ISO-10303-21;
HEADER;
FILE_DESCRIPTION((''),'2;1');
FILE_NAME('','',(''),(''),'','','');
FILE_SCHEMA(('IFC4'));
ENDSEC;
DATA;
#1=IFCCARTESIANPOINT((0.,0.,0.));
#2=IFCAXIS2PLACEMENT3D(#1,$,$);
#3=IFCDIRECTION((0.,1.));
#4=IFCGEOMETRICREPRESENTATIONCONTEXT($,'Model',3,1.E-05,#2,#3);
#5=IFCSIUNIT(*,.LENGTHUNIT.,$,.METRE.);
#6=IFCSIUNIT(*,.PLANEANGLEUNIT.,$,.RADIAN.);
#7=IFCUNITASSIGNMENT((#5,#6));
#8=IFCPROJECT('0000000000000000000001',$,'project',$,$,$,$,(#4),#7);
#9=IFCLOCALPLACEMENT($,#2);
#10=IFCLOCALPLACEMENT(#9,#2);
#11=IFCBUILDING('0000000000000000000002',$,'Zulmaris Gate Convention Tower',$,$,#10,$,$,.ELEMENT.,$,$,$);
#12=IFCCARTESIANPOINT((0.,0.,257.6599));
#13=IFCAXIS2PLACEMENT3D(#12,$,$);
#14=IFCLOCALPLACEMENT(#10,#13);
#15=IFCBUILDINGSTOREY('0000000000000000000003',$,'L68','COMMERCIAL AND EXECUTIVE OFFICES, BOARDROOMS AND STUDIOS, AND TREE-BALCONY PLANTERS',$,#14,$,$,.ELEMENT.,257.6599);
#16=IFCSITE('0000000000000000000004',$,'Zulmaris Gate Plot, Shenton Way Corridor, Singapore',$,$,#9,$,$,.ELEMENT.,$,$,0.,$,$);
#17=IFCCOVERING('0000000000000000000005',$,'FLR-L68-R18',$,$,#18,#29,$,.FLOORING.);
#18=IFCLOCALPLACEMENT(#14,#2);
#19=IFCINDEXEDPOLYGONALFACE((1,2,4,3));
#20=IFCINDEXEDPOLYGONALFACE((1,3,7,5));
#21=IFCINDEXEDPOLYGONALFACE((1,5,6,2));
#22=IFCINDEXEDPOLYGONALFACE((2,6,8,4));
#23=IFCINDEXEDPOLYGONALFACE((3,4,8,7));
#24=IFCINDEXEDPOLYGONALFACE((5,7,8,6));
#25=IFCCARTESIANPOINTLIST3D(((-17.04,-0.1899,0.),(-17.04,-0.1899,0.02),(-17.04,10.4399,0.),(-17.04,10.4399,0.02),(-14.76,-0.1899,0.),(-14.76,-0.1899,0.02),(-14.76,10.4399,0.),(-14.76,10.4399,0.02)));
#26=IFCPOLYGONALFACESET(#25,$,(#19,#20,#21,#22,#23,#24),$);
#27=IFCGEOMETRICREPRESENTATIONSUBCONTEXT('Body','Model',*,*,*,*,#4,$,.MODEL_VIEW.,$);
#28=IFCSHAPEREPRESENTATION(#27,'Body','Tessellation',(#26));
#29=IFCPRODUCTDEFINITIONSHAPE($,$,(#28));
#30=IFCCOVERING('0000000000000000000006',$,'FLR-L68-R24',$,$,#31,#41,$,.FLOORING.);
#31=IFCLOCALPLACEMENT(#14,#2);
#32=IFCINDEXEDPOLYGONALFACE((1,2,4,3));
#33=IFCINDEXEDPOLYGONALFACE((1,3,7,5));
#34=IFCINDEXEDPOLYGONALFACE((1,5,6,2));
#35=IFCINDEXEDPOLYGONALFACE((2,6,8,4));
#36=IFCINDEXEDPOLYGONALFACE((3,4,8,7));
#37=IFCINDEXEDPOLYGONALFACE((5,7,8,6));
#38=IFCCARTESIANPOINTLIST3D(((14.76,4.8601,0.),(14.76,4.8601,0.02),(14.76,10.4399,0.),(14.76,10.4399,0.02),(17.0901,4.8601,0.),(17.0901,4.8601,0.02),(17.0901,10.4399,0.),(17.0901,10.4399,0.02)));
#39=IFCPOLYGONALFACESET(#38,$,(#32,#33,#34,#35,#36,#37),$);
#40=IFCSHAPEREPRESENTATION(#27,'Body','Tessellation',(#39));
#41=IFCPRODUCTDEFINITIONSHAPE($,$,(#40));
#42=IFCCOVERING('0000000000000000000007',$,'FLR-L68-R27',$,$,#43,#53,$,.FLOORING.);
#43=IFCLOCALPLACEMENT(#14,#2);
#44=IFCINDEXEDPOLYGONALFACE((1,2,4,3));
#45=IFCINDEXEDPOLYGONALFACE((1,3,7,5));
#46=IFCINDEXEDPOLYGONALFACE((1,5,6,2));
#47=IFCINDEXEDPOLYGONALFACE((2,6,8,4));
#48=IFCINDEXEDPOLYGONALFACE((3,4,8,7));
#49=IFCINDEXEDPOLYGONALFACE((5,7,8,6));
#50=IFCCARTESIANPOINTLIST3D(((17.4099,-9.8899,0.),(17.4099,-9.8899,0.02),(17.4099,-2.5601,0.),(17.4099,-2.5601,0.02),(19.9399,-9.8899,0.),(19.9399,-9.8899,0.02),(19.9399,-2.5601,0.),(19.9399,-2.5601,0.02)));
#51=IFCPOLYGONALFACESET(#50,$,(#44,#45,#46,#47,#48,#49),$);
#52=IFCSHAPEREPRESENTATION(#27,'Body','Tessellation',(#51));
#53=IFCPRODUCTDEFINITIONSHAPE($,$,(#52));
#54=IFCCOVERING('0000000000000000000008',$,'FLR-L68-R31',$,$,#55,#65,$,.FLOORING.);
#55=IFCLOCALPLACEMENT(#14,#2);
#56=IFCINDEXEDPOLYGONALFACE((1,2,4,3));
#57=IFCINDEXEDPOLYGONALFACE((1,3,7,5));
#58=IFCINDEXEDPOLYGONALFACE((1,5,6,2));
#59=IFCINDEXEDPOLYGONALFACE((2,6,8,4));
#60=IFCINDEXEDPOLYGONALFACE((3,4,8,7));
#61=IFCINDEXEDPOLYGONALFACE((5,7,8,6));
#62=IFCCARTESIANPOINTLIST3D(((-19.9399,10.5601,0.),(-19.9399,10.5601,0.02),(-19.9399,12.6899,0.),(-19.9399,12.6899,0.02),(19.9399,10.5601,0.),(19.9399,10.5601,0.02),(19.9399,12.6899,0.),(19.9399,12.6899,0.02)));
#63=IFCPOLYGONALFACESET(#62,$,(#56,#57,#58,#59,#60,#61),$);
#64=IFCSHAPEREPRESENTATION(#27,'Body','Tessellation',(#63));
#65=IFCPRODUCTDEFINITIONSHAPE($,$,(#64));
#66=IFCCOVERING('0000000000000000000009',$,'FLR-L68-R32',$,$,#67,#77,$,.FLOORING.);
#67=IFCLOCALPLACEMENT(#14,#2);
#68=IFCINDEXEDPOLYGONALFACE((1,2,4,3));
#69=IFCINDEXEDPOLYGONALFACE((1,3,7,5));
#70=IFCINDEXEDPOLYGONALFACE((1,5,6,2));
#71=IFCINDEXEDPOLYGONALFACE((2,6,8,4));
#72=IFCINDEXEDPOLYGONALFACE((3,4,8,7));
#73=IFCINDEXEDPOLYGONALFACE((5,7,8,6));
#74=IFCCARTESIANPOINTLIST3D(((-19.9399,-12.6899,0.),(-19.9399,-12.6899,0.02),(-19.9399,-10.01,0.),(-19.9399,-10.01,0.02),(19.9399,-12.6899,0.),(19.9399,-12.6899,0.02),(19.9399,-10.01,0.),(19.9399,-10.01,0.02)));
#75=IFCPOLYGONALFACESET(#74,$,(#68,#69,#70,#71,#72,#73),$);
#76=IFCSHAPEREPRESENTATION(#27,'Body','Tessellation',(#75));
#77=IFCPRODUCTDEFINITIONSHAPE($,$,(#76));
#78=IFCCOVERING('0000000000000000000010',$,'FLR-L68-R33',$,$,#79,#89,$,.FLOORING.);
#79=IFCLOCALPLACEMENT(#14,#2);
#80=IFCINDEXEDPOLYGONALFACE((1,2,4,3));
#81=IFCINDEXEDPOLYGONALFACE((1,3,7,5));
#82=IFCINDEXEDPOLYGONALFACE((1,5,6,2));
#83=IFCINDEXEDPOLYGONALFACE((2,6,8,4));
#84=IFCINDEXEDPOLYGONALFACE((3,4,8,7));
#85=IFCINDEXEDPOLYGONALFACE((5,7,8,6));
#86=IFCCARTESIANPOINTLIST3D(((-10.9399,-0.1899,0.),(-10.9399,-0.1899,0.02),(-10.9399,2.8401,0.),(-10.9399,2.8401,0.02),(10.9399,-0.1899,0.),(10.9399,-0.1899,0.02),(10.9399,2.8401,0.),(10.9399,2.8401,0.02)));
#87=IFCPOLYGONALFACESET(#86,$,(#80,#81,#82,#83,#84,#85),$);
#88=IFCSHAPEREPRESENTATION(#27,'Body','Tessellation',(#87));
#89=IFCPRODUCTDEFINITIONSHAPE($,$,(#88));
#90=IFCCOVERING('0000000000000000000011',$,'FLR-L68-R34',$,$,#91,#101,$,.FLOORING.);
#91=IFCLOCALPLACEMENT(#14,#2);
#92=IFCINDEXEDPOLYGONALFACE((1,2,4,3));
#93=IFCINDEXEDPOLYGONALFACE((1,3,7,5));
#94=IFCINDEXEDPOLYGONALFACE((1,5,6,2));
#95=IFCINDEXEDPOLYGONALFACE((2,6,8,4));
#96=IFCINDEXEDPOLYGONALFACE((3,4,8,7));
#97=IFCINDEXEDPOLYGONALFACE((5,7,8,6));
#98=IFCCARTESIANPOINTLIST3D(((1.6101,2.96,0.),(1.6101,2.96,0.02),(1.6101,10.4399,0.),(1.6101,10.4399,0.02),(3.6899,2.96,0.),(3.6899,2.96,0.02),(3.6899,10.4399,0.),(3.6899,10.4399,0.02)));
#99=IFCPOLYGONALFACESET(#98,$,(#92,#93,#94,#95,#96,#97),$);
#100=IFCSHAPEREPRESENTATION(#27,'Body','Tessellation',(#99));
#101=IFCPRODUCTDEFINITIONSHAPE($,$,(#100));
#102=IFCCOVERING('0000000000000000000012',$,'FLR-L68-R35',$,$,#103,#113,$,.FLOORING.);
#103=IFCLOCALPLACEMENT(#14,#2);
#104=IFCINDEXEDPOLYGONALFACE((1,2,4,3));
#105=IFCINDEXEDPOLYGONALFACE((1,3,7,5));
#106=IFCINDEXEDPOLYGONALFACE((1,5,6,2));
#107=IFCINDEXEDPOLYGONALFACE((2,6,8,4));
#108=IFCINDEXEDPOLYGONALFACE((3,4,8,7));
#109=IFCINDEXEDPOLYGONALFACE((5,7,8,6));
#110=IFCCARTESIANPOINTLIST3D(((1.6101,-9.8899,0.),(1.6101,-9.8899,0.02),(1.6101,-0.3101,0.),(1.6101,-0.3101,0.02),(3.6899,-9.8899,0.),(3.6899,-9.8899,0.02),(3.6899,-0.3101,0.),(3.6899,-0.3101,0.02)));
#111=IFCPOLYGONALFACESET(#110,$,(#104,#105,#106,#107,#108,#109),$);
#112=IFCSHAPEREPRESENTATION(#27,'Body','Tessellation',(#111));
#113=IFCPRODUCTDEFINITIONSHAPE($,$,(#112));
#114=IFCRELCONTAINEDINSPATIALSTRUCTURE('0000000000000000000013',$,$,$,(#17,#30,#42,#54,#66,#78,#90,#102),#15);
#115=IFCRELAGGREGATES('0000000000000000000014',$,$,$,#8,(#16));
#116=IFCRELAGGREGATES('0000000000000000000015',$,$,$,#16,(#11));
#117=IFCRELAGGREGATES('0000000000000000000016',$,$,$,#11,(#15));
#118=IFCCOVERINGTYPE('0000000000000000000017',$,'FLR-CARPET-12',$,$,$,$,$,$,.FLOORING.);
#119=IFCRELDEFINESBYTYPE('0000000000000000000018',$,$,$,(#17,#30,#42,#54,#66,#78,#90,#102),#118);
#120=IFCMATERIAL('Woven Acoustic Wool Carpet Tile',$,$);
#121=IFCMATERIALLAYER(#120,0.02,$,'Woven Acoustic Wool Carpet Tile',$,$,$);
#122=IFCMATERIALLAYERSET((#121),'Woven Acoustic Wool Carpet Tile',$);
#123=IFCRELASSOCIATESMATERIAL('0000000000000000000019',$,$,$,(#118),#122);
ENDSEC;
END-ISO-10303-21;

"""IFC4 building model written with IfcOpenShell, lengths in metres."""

from ifc_helpers import new_model, si_unit, direction, frame, origin, place, context, subcontext, project, spatial, polyline, outline, extrude, material, layer, layer_set, type_object, element, save


model = new_model("IFC4")

# Units and contexts
model_context = context("Model", 3, precision=1e-05, world=origin(), true_north=direction((0.0, 1.0)))
body_context = subcontext(model_context, "Body", "Model", "MODEL_VIEW")
ifc_project = project(units=[si_unit("LENGTHUNIT", "METRE"), si_unit("PLANEANGLEUNIT", "RADIAN")], contexts=[model_context])

# Site, building, storey
site_placement = place(None, origin())
site = spatial("IfcSite", under=ifc_project, at=site_placement, Name="Zulmaris Gate Plot, Shenton Way Corridor, Singapore", CompositionType="ELEMENT", RefElevation=0.0)
building_placement = place(site_placement, origin())
building = spatial("IfcBuilding", under=site, at=building_placement, Name="Zulmaris Gate Convention Tower", CompositionType="ELEMENT")
storey_placement = place(building_placement, frame((0.0, 0.0, 257.6599)))
storey = spatial("IfcBuildingStorey", under=building, at=storey_placement, Name="L68", Description="COMMERCIAL AND EXECUTIVE OFFICES, BOARDROOMS AND STUDIOS, AND TREE-BALCONY PLANTERS", CompositionType="ELEMENT", Elevation=257.6599)

# Coverings
ifc_material_1 = material(Name="Woven Acoustic Wool Carpet Tile")
ifc_layer_1 = layer(ifc_material_1, 0.02, Name="Woven Acoustic Wool Carpet Tile")
ifc_layer_set_1 = layer_set([ifc_layer_1], Name="Woven Acoustic Wool Carpet Tile")
covering_type_1 = type_object("IfcCoveringType", Name="FLR-CARPET-12", PredefinedType="FLOORING", material=ifc_layer_set_1)
covering_1_placement = place(storey_placement, origin())
element("IfcCovering", 1, at=covering_1_placement, inside=storey, type_object=covering_type_1, Name="FLR-L68-R18", PredefinedType="FLOORING", context=body_context, shape_type="SweptSolid", body=[
    extrude(outline(polyline([(-17.04, -0.1899), (-14.76, -0.1899), (-14.76, 10.4399), (-17.04, 10.4399), (-17.04, -0.1899)])), origin(), (0.0, 0.0, 1.0), 0.02),
])
covering_2_placement = place(storey_placement, origin())
element("IfcCovering", 2, at=covering_2_placement, inside=storey, type_object=covering_type_1, Name="FLR-L68-R24", PredefinedType="FLOORING", context=body_context, shape_type="SweptSolid", body=[
    extrude(outline(polyline([(14.76, 4.8601), (17.0901, 4.8601), (17.0901, 10.4399), (14.76, 10.4399), (14.76, 4.8601)])), origin(), (0.0, 0.0, 1.0), 0.02),
])
covering_3_placement = place(storey_placement, origin())
element("IfcCovering", 3, at=covering_3_placement, inside=storey, type_object=covering_type_1, Name="FLR-L68-R27", PredefinedType="FLOORING", context=body_context, shape_type="SweptSolid", body=[
    extrude(outline(polyline([(17.4099, -9.8899), (19.9399, -9.8899), (19.9399, -2.5601), (17.4099, -2.5601), (17.4099, -9.8899)])), origin(), (0.0, 0.0, 1.0), 0.02),
])
covering_4_placement = place(storey_placement, origin())
element("IfcCovering", 4, at=covering_4_placement, inside=storey, type_object=covering_type_1, Name="FLR-L68-R31", PredefinedType="FLOORING", context=body_context, shape_type="SweptSolid", body=[
    extrude(outline(polyline([(-19.9399, 10.5601), (19.9399, 10.5601), (19.9399, 12.6899), (-19.9399, 12.6899), (-19.9399, 10.5601)])), origin(), (0.0, 0.0, 1.0), 0.02),
])
covering_5_placement = place(storey_placement, origin())
element("IfcCovering", 5, at=covering_5_placement, inside=storey, type_object=covering_type_1, Name="FLR-L68-R32", PredefinedType="FLOORING", context=body_context, shape_type="SweptSolid", body=[
    extrude(outline(polyline([(-19.9399, -12.6899), (19.9399, -12.6899), (19.9399, -10.01), (-19.9399, -10.01), (-19.9399, -12.6899)])), origin(), (0.0, 0.0, 1.0), 0.02),
])
covering_6_placement = place(storey_placement, origin())
element("IfcCovering", 6, at=covering_6_placement, inside=storey, type_object=covering_type_1, Name="FLR-L68-R33", PredefinedType="FLOORING", context=body_context, shape_type="SweptSolid", body=[
    extrude(outline(polyline([(-10.9399, -0.1899), (10.9399, -0.1899), (10.9399, 2.8401), (-10.9399, 2.8401), (-10.9399, -0.1899)])), origin(), (0.0, 0.0, 1.0), 0.02),
])
covering_7_placement = place(storey_placement, origin())
element("IfcCovering", 7, at=covering_7_placement, inside=storey, type_object=covering_type_1, Name="FLR-L68-R34", PredefinedType="FLOORING", context=body_context, shape_type="SweptSolid", body=[
    extrude(outline(polyline([(1.6101, 2.96), (3.6899, 2.96), (3.6899, 10.4399), (1.6101, 10.4399), (1.6101, 2.96)])), origin(), (0.0, 0.0, 1.0), 0.02),
])
covering_8_placement = place(storey_placement, origin())
element("IfcCovering", 8, at=covering_8_placement, inside=storey, type_object=covering_type_1, Name="FLR-L68-R35", PredefinedType="FLOORING", context=body_context, shape_type="SweptSolid", body=[
    extrude(outline(polyline([(1.6101, -9.8899), (3.6899, -9.8899), (3.6899, -0.3101), (1.6101, -0.3101), (1.6101, -9.8899)])), origin(), (0.0, 0.0, 1.0), 0.02),
])

save(model, "model.ifc")
